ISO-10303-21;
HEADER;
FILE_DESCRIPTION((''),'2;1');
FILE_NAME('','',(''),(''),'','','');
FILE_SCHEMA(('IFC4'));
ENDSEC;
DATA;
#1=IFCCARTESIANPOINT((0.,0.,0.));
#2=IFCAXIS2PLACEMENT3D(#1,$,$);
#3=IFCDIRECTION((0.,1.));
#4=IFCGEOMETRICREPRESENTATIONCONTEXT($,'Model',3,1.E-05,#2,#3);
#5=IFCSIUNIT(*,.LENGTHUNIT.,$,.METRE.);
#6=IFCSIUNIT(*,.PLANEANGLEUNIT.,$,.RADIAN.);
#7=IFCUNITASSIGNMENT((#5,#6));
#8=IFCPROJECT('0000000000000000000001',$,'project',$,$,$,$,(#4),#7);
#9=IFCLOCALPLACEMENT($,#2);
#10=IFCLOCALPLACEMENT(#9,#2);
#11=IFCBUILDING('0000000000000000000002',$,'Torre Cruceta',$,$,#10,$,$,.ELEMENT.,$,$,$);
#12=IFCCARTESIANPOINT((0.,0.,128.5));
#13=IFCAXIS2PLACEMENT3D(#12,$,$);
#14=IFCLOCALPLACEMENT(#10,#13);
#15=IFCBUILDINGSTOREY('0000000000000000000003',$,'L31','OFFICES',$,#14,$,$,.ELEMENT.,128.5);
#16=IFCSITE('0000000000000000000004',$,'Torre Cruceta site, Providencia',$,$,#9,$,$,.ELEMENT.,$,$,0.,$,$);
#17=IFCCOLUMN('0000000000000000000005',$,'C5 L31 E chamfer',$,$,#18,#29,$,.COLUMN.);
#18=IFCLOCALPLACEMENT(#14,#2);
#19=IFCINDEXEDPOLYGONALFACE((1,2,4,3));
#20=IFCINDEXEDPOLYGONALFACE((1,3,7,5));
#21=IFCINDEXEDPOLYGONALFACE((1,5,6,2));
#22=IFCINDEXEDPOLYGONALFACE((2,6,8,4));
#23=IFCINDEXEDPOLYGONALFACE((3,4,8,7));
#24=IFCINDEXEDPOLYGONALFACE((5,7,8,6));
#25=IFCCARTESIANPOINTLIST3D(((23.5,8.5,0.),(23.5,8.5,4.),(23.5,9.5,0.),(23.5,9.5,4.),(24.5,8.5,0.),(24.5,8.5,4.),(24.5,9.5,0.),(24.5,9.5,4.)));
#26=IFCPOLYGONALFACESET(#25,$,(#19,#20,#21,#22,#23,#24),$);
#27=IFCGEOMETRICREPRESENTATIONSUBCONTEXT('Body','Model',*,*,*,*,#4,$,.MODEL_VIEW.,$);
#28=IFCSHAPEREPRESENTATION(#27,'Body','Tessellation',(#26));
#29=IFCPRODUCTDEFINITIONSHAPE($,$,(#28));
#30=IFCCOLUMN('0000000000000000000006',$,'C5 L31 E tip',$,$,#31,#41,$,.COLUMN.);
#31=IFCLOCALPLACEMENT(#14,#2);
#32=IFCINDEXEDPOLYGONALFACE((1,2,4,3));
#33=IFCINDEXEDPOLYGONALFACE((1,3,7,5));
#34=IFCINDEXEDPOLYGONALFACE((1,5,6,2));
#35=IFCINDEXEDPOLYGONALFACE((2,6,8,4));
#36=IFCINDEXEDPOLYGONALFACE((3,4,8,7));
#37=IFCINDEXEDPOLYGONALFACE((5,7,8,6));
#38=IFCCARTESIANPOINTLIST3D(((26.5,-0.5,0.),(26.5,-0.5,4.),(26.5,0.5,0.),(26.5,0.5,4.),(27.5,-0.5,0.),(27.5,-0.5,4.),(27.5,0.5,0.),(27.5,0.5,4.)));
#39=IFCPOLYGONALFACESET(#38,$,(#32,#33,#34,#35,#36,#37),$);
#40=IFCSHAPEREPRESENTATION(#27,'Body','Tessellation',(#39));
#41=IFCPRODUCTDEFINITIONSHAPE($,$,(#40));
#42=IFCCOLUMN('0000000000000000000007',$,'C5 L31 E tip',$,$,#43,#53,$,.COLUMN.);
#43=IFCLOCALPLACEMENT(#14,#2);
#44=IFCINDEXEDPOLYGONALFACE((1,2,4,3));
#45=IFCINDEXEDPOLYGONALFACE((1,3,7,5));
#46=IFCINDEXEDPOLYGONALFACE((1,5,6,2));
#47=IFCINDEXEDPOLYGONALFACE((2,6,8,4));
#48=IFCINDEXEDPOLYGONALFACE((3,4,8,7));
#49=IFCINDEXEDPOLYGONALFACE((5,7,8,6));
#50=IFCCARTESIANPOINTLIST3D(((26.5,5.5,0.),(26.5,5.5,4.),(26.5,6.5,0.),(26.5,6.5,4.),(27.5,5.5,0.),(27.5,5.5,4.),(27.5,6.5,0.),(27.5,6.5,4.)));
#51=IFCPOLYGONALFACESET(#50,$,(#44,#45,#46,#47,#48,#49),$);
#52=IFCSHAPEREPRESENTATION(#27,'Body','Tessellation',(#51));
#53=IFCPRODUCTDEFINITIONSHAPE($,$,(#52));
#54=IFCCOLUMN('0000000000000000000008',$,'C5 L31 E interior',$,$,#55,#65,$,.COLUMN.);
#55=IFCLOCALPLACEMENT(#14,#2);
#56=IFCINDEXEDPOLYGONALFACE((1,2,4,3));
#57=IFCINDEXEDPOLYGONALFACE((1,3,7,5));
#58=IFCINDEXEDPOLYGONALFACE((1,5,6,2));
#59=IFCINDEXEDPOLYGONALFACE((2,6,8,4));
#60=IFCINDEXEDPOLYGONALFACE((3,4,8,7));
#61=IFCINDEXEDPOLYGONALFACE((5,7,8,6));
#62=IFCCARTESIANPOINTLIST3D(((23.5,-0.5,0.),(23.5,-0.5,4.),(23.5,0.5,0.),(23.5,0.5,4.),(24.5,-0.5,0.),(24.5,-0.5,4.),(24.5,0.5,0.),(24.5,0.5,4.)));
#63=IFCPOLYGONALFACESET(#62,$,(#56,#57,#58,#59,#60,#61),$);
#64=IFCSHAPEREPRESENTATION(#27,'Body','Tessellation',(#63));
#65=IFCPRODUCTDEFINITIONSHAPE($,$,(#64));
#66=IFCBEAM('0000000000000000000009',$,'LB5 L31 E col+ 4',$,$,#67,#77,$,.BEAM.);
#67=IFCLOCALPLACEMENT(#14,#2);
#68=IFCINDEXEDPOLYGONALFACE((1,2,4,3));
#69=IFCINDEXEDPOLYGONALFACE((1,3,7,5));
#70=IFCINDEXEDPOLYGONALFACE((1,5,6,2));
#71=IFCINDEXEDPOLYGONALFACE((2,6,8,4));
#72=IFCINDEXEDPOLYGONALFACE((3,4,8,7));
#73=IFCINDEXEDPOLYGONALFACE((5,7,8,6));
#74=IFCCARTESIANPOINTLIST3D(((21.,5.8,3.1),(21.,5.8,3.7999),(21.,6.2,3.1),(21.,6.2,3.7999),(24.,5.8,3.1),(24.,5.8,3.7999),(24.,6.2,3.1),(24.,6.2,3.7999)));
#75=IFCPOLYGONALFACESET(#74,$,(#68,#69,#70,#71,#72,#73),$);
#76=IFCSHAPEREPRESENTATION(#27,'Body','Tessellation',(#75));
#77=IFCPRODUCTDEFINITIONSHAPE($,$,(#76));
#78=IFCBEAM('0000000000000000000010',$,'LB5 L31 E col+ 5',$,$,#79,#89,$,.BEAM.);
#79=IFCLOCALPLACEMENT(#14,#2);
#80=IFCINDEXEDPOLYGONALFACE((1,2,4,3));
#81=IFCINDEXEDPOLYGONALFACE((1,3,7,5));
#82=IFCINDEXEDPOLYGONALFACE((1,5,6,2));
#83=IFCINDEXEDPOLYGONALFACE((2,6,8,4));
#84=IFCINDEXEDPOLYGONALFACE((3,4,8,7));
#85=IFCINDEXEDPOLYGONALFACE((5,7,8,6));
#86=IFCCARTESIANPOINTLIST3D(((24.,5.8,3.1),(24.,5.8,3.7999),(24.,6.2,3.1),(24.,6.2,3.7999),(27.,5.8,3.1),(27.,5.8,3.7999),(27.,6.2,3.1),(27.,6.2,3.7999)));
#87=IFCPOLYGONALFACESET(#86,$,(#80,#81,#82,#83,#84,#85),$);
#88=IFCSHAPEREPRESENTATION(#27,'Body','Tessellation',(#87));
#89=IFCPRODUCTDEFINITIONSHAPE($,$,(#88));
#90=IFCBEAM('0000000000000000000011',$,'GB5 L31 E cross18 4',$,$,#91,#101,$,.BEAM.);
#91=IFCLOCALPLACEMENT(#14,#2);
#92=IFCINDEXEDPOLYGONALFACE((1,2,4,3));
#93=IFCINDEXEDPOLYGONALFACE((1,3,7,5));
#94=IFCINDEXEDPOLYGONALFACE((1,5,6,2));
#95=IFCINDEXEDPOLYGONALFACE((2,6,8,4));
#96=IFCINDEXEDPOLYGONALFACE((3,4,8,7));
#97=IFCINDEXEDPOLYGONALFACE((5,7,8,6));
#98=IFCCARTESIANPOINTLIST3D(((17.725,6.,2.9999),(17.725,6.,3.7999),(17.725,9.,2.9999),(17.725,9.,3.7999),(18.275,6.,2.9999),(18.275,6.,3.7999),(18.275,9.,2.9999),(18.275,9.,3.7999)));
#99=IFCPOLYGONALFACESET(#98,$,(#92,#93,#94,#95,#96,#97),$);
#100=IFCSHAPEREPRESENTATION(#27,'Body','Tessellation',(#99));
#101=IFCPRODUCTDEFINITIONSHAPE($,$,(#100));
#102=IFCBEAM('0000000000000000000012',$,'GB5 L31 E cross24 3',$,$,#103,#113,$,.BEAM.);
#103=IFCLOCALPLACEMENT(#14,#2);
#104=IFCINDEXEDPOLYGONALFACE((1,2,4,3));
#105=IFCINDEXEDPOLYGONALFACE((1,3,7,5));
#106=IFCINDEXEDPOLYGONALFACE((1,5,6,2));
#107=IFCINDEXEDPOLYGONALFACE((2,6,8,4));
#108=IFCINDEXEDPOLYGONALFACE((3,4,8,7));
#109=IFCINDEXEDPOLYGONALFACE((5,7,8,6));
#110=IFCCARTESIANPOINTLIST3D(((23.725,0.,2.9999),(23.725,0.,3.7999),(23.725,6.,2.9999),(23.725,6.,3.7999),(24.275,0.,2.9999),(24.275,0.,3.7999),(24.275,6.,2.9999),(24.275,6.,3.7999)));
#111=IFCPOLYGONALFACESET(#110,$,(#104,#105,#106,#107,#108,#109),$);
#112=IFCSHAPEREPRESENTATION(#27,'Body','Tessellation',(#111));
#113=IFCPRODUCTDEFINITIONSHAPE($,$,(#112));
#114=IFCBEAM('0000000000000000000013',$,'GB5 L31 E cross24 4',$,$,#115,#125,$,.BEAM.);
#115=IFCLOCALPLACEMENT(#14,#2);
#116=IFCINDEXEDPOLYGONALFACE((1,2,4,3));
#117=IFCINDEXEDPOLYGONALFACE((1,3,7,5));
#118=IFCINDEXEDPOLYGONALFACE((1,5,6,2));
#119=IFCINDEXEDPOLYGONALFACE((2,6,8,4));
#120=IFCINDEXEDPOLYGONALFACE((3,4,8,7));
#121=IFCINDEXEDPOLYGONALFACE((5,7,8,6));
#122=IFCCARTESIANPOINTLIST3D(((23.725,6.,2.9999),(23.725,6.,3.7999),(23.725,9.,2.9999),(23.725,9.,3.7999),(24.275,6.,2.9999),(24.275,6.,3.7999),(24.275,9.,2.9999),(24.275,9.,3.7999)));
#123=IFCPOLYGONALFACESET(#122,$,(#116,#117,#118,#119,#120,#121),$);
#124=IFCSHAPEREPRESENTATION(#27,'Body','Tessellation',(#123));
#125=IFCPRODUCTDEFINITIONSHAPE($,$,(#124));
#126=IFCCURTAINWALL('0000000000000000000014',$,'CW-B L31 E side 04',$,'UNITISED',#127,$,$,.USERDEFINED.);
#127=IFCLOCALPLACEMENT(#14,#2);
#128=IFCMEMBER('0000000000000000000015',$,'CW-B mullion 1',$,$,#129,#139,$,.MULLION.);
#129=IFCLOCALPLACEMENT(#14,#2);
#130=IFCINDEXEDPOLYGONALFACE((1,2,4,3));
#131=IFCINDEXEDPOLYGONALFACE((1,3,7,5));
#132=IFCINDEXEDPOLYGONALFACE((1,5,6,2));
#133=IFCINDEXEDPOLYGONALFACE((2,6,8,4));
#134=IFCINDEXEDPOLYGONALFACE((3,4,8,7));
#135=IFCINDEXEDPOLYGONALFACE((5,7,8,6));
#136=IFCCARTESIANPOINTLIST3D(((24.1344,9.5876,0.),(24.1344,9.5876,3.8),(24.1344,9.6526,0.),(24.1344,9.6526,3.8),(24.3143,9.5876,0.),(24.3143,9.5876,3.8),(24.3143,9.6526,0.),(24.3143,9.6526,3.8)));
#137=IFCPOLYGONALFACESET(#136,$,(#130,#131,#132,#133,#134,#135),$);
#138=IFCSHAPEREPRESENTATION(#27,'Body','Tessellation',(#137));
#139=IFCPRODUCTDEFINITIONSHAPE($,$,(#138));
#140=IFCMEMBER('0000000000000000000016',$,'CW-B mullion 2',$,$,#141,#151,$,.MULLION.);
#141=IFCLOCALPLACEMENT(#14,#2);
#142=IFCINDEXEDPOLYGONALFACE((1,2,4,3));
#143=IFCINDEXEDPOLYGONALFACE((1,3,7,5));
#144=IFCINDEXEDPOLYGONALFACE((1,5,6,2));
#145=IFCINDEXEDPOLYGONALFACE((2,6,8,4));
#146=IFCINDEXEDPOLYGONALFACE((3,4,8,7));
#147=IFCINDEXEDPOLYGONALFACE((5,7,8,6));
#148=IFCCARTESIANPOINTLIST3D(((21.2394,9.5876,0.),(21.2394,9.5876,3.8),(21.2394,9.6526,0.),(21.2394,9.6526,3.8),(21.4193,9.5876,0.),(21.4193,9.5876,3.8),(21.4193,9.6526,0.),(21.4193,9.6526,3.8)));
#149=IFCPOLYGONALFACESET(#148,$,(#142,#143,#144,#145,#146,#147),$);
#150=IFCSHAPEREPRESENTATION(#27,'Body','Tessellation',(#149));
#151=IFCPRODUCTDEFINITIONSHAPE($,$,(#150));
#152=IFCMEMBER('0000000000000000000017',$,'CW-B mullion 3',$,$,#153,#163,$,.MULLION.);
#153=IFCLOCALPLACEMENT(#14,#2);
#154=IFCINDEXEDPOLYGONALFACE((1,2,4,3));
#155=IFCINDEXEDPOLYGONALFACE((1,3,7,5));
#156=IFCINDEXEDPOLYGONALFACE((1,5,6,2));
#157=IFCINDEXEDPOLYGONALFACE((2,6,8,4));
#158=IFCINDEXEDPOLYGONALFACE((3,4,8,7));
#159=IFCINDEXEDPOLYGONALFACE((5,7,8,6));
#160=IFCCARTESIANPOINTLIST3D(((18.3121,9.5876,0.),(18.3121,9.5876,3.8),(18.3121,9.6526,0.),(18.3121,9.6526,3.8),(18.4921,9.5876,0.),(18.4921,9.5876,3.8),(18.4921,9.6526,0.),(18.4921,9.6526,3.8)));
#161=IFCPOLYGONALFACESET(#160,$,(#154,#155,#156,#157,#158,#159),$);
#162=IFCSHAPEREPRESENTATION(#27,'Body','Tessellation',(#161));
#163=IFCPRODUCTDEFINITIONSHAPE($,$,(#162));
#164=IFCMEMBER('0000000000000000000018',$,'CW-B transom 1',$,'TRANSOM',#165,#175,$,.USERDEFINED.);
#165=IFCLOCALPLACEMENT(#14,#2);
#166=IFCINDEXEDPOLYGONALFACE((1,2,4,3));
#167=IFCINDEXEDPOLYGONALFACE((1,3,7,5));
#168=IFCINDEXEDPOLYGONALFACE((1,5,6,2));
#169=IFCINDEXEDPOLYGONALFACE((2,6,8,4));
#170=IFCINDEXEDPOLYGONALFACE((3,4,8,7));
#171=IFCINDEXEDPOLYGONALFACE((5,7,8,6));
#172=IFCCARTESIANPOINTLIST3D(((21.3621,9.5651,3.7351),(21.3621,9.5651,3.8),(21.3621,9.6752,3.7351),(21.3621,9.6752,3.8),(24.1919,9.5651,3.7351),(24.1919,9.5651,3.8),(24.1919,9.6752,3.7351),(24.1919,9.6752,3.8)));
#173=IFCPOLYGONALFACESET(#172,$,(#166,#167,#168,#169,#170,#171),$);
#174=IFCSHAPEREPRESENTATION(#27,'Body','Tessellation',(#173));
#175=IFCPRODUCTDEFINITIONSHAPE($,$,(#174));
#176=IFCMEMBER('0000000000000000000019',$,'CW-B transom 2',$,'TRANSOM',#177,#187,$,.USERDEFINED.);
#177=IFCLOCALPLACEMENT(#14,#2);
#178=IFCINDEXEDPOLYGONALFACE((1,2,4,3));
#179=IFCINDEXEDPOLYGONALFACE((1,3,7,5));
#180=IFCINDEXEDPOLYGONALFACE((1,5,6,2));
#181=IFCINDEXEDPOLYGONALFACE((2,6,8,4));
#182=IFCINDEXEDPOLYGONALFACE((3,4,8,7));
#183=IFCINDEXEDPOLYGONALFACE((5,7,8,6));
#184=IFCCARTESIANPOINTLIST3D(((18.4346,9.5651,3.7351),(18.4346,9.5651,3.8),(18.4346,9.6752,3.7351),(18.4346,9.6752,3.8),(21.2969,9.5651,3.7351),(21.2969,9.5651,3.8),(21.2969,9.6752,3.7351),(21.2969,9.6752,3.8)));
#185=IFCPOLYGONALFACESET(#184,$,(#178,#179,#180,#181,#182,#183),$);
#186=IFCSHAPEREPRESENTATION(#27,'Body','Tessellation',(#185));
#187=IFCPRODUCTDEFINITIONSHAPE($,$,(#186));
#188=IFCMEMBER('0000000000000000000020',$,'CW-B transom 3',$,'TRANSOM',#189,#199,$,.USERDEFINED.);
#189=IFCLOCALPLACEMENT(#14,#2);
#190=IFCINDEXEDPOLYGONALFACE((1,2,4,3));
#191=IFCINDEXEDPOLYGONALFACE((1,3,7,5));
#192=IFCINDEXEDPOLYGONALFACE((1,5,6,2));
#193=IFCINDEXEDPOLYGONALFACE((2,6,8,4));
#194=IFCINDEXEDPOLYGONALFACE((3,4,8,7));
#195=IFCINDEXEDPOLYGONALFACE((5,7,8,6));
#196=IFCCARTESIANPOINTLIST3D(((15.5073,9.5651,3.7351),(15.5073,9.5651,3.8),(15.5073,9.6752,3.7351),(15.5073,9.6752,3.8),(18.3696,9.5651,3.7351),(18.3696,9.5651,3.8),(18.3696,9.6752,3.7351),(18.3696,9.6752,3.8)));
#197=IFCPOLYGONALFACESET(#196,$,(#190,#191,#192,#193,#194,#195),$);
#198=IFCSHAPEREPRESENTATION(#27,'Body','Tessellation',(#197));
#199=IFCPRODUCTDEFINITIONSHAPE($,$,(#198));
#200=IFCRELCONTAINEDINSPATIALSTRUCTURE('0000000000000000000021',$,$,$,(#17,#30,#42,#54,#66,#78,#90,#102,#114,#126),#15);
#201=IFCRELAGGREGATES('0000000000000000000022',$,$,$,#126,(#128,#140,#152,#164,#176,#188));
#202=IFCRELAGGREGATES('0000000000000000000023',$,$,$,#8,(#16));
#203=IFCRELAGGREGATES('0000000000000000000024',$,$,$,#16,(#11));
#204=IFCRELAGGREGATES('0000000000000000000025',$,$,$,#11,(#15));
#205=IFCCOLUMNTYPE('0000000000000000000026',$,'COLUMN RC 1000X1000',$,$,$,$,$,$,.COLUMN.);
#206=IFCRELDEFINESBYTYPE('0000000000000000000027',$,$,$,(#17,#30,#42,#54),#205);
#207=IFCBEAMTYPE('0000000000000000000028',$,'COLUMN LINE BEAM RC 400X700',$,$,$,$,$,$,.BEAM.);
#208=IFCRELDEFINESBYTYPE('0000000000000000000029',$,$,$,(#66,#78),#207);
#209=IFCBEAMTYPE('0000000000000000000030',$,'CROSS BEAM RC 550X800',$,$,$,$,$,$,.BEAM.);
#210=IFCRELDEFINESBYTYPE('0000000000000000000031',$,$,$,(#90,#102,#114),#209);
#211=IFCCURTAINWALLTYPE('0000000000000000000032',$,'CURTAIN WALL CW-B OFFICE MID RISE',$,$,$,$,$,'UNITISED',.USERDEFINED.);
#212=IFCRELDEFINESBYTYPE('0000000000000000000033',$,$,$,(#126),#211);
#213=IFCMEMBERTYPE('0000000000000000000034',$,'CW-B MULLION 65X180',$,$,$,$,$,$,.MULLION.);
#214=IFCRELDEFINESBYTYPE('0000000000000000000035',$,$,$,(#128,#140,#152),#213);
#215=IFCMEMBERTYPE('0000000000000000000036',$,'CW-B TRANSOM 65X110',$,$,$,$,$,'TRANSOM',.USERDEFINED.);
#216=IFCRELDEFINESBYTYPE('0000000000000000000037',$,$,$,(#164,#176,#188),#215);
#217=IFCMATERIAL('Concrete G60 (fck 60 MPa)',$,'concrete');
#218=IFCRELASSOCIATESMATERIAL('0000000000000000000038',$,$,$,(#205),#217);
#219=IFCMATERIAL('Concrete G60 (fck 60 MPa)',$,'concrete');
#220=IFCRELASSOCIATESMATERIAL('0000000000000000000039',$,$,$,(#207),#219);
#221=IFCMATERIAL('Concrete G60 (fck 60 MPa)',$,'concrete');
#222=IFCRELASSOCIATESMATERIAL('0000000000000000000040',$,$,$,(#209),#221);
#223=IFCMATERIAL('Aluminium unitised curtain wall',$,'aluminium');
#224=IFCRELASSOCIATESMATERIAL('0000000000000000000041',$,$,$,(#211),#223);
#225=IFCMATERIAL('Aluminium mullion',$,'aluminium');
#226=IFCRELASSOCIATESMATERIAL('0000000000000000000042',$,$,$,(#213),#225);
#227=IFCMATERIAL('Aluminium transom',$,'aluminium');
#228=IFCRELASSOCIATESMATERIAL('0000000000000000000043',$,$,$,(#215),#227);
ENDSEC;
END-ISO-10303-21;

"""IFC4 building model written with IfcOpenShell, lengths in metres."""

from ifc_helpers import new_model, si_unit, direction, frame, origin, origin_2d, place, context, subcontext, project, spatial, rectangle, extrude, material, material_profile, profile_set, type_object, element, aggregate, save


model = new_model("IFC4")

# Units and contexts
model_context = context("Model", 3, precision=1e-05, world=origin(), true_north=direction((0.0, 1.0)))
body_context = subcontext(model_context, "Body", "Model", "MODEL_VIEW")
ifc_project = project(units=[si_unit("LENGTHUNIT", "METRE"), si_unit("PLANEANGLEUNIT", "RADIAN")], contexts=[model_context])

# Site, building, storey
site_placement = place(None, origin())
site = spatial("IfcSite", under=ifc_project, at=site_placement, Name="Torre Cruceta site, Providencia", CompositionType="ELEMENT", RefElevation=0.0)
building_placement = place(site_placement, origin())
building = spatial("IfcBuilding", under=site, at=building_placement, Name="Torre Cruceta", CompositionType="ELEMENT")
storey_placement = place(building_placement, frame((0.0, 0.0, 128.5)))
storey = spatial("IfcBuildingStorey", under=building, at=storey_placement, Name="L31", Description="OFFICES", CompositionType="ELEMENT", Elevation=128.5)

# Columns
ifc_material_1 = material(Name="Concrete G60 (fck 60 MPa)", Category="concrete")
ifc_material_profile_1 = material_profile(ifc_material_1, rectangle(XDim=1.0, YDim=1.0, at=origin_2d()), Name="RC 1000X1000")
ifc_profile_set_1 = profile_set([ifc_material_profile_1], Name="Concrete G60 (fck 60 MPa)")
column_type = type_object("IfcColumnType", Name="COLUMN RC 1000X1000", PredefinedType="COLUMN", material=ifc_profile_set_1)
for number, where, z_axis, x_axis, name in (
    (1, (24.0, 9.0, 0.0), (0.0, 0.0, 1.0), (1.0, 0.0, 0.0), "C5 L31 E chamfer"),
    (2, (27.0, 0.0, 0.0), (0.0, 0.0, 1.0), (1.0, 0.0, 0.0), "C5 L31 E tip"),
    (3, (27.0, 6.0, 0.0), (0.0, 0.0, 1.0), (1.0, 0.0, 0.0), "C5 L31 E tip"),
    (4, (24.0, 0.0, 0.0), (0.0, 0.0, 1.0), (1.0, 0.0, 0.0), "C5 L31 E interior"),
):
    element("IfcColumn", number, at=place(storey_placement, frame(where, z_axis=z_axis, x_axis=x_axis)), inside=storey, type_object=column_type, Name=name, PredefinedType="COLUMN", context=body_context, shape_type="SweptSolid", body=[
        extrude(rectangle(XDim=1.0, YDim=1.0, at=origin_2d()), origin(), (0.0, 0.0, 1.0), 4.0),
    ])

# Beams
ifc_material_2 = material(Name="Concrete G60 (fck 60 MPa)", Category="concrete")
ifc_material_profile_2 = material_profile(ifc_material_2, rectangle(XDim=0.3999, YDim=0.7, at=origin_2d()), Name="RC 400X700")
ifc_profile_set_2 = profile_set([ifc_material_profile_2], Name="Concrete G60 (fck 60 MPa)")
beam_type_1 = type_object("IfcBeamType", Name="COLUMN LINE BEAM RC 400X700", PredefinedType="BEAM", material=ifc_profile_set_2)
for number, where, z_axis, x_axis, name in (
    (5, (21.0, 6.0, 3.45), (1.0, 0.0, 0.0), (0.0, 1.0, 0.0), "LB5 L31 E col+ 4"),
    (6, (24.0, 6.0, 3.45), (1.0, 0.0, 0.0), (0.0, 1.0, 0.0), "LB5 L31 E col+ 5"),
):
    element("IfcBeam", number, at=place(storey_placement, frame(where, z_axis=z_axis, x_axis=x_axis)), inside=storey, type_object=beam_type_1, Name=name, PredefinedType="BEAM", context=body_context, shape_type="SweptSolid", body=[
        extrude(rectangle(XDim=0.3999, YDim=0.7, at=origin_2d()), origin(), (0.0, 0.0, 1.0), 3.0),
    ])
ifc_material_3 = material(Name="Concrete G60 (fck 60 MPa)", Category="concrete")
ifc_material_profile_3 = material_profile(ifc_material_3, rectangle(XDim=0.55, YDim=0.8, at=origin_2d()), Name="RC 550X800")
ifc_profile_set_3 = profile_set([ifc_material_profile_3], Name="Concrete G60 (fck 60 MPa)")
beam_type_2 = type_object("IfcBeamType", Name="CROSS BEAM RC 550X800", PredefinedType="BEAM", material=ifc_profile_set_3)
beam_1_placement = place(storey_placement, frame((18.0, 6.0, 3.3999), z_axis=(0.0, 1.0, 0.0), x_axis=(-1.0, 0.0, 0.0)))
element("IfcBeam", 7, at=beam_1_placement, inside=storey, type_object=beam_type_2, Name="GB5 L31 E cross18 4", PredefinedType="BEAM", context=body_context, shape_type="SweptSolid", body=[
    extrude(rectangle(XDim=0.55, YDim=0.8, at=origin_2d()), origin(), (0.0, 0.0, 1.0), 3.0),
])
beam_2_placement = place(storey_placement, frame((24.0, 0.0, 3.3999), z_axis=(0.0, 1.0, 0.0), x_axis=(-1.0, 0.0, 0.0)))
element("IfcBeam", 8, at=beam_2_placement, inside=storey, type_object=beam_type_2, Name="GB5 L31 E cross24 3", PredefinedType="BEAM", context=body_context, shape_type="SweptSolid", body=[
    extrude(rectangle(XDim=0.55, YDim=0.8, at=origin_2d()), origin(), (0.0, 0.0, 1.0), 6.0),
])
beam_3_placement = place(storey_placement, frame((24.0, 6.0, 3.3999), z_axis=(0.0, 1.0, 0.0), x_axis=(-1.0, 0.0, 0.0)))
element("IfcBeam", 9, at=beam_3_placement, inside=storey, type_object=beam_type_2, Name="GB5 L31 E cross24 4", PredefinedType="BEAM", context=body_context, shape_type="SweptSolid", body=[
    extrude(rectangle(XDim=0.55, YDim=0.8, at=origin_2d()), origin(), (0.0, 0.0, 1.0), 3.0),
])

# Curtain wall, members
ifc_material_4 = material(Name="Aluminium unitised curtain wall", Category="aluminium")
curtain_wall_type = type_object("IfcCurtainWallType", Name="CURTAIN WALL CW-B OFFICE MID RISE", ElementType="UNITISED", PredefinedType="USERDEFINED", material=ifc_material_4)
curtain_wall_placement = place(storey_placement, origin())
curtain_wall = element("IfcCurtainWall", 10, at=curtain_wall_placement, inside=storey, type_object=curtain_wall_type, Name="CW-B L31 E side 04", ObjectType="UNITISED", PredefinedType="USERDEFINED")
ifc_material_5 = material(Name="Aluminium mullion", Category="aluminium")
ifc_material_profile_4 = material_profile(ifc_material_5, rectangle(XDim=0.0649, YDim=0.1799, at=origin_2d()), Name="AL 65X180")
ifc_profile_set_4 = profile_set([ifc_material_profile_4], Name="Aluminium mullion")
member_type_1 = type_object("IfcMemberType", Name="CW-B MULLION 65X180", PredefinedType="MULLION", material=ifc_profile_set_4)
member_1_placement = place(storey_placement, frame((24.2244, 9.6201, 0.0), z_axis=(0.0, 0.0, 1.0), x_axis=(0.0, -1.0, 0.0)))
member_1 = element("IfcMember", 11, at=member_1_placement, type_object=member_type_1, Name="CW-B mullion 1", PredefinedType="MULLION", context=body_context, shape_type="SweptSolid", body=[
    extrude(rectangle(XDim=0.0649, YDim=0.1799, at=origin_2d()), origin(), (0.0, 0.0, 1.0), 3.8),
])
member_2_placement = place(storey_placement, frame((21.3293, 9.6201, 0.0), z_axis=(0.0, 0.0, 1.0), x_axis=(0.0, -1.0, 0.0)))
member_2 = element("IfcMember", 12, at=member_2_placement, type_object=member_type_1, Name="CW-B mullion 2", PredefinedType="MULLION", context=body_context, shape_type="SweptSolid", body=[
    extrude(rectangle(XDim=0.0649, YDim=0.1799, at=origin_2d()), origin(), (0.0, 0.0, 1.0), 3.8),
])
member_3_placement = place(storey_placement, frame((18.4021, 9.6201, 0.0), z_axis=(0.0, 0.0, 1.0), x_axis=(0.0, -1.0, 0.0)))
member_3 = element("IfcMember", 13, at=member_3_placement, type_object=member_type_1, Name="CW-B mullion 3", PredefinedType="MULLION", context=body_context, shape_type="SweptSolid", body=[
    extrude(rectangle(XDim=0.0649, YDim=0.1799, at=origin_2d()), origin(), (0.0, 0.0, 1.0), 3.8),
])
ifc_material_6 = material(Name="Aluminium transom", Category="aluminium")
ifc_material_profile_5 = material_profile(ifc_material_6, rectangle(XDim=0.1101, YDim=0.0649, at=origin_2d()), Name="AL 110X65")
ifc_profile_set_5 = profile_set([ifc_material_profile_5], Name="Aluminium transom")
member_type_2 = type_object("IfcMemberType", Name="CW-B TRANSOM 65X110", ElementType="TRANSOM", PredefinedType="USERDEFINED", material=ifc_profile_set_5)
member_4_placement = place(storey_placement, frame((24.1919, 9.6201, 3.7676), z_axis=(-1.0, 0.0, 0.0), x_axis=(0.0, -1.0, 0.0)))
member_4 = element("IfcMember", 14, at=member_4_placement, type_object=member_type_2, Name="CW-B transom 1", ObjectType="TRANSOM", PredefinedType="USERDEFINED", context=body_context, shape_type="SweptSolid", body=[
    extrude(rectangle(XDim=0.1101, YDim=0.0649, at=origin_2d()), origin(), (0.0, 0.0, 1.0), 2.8298),
])
member_5_placement = place(storey_placement, frame((21.2969, 9.6201, 3.7676), z_axis=(-1.0, 0.0, 0.0), x_axis=(0.0, -1.0, 0.0)))
member_5 = element("IfcMember", 15, at=member_5_placement, type_object=member_type_2, Name="CW-B transom 2", ObjectType="TRANSOM", PredefinedType="USERDEFINED", context=body_context, shape_type="SweptSolid", body=[
    extrude(rectangle(XDim=0.1101, YDim=0.0649, at=origin_2d()), origin(), (0.0, 0.0, 1.0), 2.8623),
])
member_6_placement = place(storey_placement, frame((18.3696, 9.6201, 3.7676), z_axis=(-1.0, 0.0, 0.0), x_axis=(0.0, -1.0, 0.0)))
member_6 = element("IfcMember", 16, at=member_6_placement, type_object=member_type_2, Name="CW-B transom 3", ObjectType="TRANSOM", PredefinedType="USERDEFINED", context=body_context, shape_type="SweptSolid", body=[
    extrude(rectangle(XDim=0.1101, YDim=0.0649, at=origin_2d()), origin(), (0.0, 0.0, 1.0), 2.8623),
])

aggregate(curtain_wall, [member_1, member_2, member_3, member_4, member_5, member_6])

save(model, "model.ifc")
